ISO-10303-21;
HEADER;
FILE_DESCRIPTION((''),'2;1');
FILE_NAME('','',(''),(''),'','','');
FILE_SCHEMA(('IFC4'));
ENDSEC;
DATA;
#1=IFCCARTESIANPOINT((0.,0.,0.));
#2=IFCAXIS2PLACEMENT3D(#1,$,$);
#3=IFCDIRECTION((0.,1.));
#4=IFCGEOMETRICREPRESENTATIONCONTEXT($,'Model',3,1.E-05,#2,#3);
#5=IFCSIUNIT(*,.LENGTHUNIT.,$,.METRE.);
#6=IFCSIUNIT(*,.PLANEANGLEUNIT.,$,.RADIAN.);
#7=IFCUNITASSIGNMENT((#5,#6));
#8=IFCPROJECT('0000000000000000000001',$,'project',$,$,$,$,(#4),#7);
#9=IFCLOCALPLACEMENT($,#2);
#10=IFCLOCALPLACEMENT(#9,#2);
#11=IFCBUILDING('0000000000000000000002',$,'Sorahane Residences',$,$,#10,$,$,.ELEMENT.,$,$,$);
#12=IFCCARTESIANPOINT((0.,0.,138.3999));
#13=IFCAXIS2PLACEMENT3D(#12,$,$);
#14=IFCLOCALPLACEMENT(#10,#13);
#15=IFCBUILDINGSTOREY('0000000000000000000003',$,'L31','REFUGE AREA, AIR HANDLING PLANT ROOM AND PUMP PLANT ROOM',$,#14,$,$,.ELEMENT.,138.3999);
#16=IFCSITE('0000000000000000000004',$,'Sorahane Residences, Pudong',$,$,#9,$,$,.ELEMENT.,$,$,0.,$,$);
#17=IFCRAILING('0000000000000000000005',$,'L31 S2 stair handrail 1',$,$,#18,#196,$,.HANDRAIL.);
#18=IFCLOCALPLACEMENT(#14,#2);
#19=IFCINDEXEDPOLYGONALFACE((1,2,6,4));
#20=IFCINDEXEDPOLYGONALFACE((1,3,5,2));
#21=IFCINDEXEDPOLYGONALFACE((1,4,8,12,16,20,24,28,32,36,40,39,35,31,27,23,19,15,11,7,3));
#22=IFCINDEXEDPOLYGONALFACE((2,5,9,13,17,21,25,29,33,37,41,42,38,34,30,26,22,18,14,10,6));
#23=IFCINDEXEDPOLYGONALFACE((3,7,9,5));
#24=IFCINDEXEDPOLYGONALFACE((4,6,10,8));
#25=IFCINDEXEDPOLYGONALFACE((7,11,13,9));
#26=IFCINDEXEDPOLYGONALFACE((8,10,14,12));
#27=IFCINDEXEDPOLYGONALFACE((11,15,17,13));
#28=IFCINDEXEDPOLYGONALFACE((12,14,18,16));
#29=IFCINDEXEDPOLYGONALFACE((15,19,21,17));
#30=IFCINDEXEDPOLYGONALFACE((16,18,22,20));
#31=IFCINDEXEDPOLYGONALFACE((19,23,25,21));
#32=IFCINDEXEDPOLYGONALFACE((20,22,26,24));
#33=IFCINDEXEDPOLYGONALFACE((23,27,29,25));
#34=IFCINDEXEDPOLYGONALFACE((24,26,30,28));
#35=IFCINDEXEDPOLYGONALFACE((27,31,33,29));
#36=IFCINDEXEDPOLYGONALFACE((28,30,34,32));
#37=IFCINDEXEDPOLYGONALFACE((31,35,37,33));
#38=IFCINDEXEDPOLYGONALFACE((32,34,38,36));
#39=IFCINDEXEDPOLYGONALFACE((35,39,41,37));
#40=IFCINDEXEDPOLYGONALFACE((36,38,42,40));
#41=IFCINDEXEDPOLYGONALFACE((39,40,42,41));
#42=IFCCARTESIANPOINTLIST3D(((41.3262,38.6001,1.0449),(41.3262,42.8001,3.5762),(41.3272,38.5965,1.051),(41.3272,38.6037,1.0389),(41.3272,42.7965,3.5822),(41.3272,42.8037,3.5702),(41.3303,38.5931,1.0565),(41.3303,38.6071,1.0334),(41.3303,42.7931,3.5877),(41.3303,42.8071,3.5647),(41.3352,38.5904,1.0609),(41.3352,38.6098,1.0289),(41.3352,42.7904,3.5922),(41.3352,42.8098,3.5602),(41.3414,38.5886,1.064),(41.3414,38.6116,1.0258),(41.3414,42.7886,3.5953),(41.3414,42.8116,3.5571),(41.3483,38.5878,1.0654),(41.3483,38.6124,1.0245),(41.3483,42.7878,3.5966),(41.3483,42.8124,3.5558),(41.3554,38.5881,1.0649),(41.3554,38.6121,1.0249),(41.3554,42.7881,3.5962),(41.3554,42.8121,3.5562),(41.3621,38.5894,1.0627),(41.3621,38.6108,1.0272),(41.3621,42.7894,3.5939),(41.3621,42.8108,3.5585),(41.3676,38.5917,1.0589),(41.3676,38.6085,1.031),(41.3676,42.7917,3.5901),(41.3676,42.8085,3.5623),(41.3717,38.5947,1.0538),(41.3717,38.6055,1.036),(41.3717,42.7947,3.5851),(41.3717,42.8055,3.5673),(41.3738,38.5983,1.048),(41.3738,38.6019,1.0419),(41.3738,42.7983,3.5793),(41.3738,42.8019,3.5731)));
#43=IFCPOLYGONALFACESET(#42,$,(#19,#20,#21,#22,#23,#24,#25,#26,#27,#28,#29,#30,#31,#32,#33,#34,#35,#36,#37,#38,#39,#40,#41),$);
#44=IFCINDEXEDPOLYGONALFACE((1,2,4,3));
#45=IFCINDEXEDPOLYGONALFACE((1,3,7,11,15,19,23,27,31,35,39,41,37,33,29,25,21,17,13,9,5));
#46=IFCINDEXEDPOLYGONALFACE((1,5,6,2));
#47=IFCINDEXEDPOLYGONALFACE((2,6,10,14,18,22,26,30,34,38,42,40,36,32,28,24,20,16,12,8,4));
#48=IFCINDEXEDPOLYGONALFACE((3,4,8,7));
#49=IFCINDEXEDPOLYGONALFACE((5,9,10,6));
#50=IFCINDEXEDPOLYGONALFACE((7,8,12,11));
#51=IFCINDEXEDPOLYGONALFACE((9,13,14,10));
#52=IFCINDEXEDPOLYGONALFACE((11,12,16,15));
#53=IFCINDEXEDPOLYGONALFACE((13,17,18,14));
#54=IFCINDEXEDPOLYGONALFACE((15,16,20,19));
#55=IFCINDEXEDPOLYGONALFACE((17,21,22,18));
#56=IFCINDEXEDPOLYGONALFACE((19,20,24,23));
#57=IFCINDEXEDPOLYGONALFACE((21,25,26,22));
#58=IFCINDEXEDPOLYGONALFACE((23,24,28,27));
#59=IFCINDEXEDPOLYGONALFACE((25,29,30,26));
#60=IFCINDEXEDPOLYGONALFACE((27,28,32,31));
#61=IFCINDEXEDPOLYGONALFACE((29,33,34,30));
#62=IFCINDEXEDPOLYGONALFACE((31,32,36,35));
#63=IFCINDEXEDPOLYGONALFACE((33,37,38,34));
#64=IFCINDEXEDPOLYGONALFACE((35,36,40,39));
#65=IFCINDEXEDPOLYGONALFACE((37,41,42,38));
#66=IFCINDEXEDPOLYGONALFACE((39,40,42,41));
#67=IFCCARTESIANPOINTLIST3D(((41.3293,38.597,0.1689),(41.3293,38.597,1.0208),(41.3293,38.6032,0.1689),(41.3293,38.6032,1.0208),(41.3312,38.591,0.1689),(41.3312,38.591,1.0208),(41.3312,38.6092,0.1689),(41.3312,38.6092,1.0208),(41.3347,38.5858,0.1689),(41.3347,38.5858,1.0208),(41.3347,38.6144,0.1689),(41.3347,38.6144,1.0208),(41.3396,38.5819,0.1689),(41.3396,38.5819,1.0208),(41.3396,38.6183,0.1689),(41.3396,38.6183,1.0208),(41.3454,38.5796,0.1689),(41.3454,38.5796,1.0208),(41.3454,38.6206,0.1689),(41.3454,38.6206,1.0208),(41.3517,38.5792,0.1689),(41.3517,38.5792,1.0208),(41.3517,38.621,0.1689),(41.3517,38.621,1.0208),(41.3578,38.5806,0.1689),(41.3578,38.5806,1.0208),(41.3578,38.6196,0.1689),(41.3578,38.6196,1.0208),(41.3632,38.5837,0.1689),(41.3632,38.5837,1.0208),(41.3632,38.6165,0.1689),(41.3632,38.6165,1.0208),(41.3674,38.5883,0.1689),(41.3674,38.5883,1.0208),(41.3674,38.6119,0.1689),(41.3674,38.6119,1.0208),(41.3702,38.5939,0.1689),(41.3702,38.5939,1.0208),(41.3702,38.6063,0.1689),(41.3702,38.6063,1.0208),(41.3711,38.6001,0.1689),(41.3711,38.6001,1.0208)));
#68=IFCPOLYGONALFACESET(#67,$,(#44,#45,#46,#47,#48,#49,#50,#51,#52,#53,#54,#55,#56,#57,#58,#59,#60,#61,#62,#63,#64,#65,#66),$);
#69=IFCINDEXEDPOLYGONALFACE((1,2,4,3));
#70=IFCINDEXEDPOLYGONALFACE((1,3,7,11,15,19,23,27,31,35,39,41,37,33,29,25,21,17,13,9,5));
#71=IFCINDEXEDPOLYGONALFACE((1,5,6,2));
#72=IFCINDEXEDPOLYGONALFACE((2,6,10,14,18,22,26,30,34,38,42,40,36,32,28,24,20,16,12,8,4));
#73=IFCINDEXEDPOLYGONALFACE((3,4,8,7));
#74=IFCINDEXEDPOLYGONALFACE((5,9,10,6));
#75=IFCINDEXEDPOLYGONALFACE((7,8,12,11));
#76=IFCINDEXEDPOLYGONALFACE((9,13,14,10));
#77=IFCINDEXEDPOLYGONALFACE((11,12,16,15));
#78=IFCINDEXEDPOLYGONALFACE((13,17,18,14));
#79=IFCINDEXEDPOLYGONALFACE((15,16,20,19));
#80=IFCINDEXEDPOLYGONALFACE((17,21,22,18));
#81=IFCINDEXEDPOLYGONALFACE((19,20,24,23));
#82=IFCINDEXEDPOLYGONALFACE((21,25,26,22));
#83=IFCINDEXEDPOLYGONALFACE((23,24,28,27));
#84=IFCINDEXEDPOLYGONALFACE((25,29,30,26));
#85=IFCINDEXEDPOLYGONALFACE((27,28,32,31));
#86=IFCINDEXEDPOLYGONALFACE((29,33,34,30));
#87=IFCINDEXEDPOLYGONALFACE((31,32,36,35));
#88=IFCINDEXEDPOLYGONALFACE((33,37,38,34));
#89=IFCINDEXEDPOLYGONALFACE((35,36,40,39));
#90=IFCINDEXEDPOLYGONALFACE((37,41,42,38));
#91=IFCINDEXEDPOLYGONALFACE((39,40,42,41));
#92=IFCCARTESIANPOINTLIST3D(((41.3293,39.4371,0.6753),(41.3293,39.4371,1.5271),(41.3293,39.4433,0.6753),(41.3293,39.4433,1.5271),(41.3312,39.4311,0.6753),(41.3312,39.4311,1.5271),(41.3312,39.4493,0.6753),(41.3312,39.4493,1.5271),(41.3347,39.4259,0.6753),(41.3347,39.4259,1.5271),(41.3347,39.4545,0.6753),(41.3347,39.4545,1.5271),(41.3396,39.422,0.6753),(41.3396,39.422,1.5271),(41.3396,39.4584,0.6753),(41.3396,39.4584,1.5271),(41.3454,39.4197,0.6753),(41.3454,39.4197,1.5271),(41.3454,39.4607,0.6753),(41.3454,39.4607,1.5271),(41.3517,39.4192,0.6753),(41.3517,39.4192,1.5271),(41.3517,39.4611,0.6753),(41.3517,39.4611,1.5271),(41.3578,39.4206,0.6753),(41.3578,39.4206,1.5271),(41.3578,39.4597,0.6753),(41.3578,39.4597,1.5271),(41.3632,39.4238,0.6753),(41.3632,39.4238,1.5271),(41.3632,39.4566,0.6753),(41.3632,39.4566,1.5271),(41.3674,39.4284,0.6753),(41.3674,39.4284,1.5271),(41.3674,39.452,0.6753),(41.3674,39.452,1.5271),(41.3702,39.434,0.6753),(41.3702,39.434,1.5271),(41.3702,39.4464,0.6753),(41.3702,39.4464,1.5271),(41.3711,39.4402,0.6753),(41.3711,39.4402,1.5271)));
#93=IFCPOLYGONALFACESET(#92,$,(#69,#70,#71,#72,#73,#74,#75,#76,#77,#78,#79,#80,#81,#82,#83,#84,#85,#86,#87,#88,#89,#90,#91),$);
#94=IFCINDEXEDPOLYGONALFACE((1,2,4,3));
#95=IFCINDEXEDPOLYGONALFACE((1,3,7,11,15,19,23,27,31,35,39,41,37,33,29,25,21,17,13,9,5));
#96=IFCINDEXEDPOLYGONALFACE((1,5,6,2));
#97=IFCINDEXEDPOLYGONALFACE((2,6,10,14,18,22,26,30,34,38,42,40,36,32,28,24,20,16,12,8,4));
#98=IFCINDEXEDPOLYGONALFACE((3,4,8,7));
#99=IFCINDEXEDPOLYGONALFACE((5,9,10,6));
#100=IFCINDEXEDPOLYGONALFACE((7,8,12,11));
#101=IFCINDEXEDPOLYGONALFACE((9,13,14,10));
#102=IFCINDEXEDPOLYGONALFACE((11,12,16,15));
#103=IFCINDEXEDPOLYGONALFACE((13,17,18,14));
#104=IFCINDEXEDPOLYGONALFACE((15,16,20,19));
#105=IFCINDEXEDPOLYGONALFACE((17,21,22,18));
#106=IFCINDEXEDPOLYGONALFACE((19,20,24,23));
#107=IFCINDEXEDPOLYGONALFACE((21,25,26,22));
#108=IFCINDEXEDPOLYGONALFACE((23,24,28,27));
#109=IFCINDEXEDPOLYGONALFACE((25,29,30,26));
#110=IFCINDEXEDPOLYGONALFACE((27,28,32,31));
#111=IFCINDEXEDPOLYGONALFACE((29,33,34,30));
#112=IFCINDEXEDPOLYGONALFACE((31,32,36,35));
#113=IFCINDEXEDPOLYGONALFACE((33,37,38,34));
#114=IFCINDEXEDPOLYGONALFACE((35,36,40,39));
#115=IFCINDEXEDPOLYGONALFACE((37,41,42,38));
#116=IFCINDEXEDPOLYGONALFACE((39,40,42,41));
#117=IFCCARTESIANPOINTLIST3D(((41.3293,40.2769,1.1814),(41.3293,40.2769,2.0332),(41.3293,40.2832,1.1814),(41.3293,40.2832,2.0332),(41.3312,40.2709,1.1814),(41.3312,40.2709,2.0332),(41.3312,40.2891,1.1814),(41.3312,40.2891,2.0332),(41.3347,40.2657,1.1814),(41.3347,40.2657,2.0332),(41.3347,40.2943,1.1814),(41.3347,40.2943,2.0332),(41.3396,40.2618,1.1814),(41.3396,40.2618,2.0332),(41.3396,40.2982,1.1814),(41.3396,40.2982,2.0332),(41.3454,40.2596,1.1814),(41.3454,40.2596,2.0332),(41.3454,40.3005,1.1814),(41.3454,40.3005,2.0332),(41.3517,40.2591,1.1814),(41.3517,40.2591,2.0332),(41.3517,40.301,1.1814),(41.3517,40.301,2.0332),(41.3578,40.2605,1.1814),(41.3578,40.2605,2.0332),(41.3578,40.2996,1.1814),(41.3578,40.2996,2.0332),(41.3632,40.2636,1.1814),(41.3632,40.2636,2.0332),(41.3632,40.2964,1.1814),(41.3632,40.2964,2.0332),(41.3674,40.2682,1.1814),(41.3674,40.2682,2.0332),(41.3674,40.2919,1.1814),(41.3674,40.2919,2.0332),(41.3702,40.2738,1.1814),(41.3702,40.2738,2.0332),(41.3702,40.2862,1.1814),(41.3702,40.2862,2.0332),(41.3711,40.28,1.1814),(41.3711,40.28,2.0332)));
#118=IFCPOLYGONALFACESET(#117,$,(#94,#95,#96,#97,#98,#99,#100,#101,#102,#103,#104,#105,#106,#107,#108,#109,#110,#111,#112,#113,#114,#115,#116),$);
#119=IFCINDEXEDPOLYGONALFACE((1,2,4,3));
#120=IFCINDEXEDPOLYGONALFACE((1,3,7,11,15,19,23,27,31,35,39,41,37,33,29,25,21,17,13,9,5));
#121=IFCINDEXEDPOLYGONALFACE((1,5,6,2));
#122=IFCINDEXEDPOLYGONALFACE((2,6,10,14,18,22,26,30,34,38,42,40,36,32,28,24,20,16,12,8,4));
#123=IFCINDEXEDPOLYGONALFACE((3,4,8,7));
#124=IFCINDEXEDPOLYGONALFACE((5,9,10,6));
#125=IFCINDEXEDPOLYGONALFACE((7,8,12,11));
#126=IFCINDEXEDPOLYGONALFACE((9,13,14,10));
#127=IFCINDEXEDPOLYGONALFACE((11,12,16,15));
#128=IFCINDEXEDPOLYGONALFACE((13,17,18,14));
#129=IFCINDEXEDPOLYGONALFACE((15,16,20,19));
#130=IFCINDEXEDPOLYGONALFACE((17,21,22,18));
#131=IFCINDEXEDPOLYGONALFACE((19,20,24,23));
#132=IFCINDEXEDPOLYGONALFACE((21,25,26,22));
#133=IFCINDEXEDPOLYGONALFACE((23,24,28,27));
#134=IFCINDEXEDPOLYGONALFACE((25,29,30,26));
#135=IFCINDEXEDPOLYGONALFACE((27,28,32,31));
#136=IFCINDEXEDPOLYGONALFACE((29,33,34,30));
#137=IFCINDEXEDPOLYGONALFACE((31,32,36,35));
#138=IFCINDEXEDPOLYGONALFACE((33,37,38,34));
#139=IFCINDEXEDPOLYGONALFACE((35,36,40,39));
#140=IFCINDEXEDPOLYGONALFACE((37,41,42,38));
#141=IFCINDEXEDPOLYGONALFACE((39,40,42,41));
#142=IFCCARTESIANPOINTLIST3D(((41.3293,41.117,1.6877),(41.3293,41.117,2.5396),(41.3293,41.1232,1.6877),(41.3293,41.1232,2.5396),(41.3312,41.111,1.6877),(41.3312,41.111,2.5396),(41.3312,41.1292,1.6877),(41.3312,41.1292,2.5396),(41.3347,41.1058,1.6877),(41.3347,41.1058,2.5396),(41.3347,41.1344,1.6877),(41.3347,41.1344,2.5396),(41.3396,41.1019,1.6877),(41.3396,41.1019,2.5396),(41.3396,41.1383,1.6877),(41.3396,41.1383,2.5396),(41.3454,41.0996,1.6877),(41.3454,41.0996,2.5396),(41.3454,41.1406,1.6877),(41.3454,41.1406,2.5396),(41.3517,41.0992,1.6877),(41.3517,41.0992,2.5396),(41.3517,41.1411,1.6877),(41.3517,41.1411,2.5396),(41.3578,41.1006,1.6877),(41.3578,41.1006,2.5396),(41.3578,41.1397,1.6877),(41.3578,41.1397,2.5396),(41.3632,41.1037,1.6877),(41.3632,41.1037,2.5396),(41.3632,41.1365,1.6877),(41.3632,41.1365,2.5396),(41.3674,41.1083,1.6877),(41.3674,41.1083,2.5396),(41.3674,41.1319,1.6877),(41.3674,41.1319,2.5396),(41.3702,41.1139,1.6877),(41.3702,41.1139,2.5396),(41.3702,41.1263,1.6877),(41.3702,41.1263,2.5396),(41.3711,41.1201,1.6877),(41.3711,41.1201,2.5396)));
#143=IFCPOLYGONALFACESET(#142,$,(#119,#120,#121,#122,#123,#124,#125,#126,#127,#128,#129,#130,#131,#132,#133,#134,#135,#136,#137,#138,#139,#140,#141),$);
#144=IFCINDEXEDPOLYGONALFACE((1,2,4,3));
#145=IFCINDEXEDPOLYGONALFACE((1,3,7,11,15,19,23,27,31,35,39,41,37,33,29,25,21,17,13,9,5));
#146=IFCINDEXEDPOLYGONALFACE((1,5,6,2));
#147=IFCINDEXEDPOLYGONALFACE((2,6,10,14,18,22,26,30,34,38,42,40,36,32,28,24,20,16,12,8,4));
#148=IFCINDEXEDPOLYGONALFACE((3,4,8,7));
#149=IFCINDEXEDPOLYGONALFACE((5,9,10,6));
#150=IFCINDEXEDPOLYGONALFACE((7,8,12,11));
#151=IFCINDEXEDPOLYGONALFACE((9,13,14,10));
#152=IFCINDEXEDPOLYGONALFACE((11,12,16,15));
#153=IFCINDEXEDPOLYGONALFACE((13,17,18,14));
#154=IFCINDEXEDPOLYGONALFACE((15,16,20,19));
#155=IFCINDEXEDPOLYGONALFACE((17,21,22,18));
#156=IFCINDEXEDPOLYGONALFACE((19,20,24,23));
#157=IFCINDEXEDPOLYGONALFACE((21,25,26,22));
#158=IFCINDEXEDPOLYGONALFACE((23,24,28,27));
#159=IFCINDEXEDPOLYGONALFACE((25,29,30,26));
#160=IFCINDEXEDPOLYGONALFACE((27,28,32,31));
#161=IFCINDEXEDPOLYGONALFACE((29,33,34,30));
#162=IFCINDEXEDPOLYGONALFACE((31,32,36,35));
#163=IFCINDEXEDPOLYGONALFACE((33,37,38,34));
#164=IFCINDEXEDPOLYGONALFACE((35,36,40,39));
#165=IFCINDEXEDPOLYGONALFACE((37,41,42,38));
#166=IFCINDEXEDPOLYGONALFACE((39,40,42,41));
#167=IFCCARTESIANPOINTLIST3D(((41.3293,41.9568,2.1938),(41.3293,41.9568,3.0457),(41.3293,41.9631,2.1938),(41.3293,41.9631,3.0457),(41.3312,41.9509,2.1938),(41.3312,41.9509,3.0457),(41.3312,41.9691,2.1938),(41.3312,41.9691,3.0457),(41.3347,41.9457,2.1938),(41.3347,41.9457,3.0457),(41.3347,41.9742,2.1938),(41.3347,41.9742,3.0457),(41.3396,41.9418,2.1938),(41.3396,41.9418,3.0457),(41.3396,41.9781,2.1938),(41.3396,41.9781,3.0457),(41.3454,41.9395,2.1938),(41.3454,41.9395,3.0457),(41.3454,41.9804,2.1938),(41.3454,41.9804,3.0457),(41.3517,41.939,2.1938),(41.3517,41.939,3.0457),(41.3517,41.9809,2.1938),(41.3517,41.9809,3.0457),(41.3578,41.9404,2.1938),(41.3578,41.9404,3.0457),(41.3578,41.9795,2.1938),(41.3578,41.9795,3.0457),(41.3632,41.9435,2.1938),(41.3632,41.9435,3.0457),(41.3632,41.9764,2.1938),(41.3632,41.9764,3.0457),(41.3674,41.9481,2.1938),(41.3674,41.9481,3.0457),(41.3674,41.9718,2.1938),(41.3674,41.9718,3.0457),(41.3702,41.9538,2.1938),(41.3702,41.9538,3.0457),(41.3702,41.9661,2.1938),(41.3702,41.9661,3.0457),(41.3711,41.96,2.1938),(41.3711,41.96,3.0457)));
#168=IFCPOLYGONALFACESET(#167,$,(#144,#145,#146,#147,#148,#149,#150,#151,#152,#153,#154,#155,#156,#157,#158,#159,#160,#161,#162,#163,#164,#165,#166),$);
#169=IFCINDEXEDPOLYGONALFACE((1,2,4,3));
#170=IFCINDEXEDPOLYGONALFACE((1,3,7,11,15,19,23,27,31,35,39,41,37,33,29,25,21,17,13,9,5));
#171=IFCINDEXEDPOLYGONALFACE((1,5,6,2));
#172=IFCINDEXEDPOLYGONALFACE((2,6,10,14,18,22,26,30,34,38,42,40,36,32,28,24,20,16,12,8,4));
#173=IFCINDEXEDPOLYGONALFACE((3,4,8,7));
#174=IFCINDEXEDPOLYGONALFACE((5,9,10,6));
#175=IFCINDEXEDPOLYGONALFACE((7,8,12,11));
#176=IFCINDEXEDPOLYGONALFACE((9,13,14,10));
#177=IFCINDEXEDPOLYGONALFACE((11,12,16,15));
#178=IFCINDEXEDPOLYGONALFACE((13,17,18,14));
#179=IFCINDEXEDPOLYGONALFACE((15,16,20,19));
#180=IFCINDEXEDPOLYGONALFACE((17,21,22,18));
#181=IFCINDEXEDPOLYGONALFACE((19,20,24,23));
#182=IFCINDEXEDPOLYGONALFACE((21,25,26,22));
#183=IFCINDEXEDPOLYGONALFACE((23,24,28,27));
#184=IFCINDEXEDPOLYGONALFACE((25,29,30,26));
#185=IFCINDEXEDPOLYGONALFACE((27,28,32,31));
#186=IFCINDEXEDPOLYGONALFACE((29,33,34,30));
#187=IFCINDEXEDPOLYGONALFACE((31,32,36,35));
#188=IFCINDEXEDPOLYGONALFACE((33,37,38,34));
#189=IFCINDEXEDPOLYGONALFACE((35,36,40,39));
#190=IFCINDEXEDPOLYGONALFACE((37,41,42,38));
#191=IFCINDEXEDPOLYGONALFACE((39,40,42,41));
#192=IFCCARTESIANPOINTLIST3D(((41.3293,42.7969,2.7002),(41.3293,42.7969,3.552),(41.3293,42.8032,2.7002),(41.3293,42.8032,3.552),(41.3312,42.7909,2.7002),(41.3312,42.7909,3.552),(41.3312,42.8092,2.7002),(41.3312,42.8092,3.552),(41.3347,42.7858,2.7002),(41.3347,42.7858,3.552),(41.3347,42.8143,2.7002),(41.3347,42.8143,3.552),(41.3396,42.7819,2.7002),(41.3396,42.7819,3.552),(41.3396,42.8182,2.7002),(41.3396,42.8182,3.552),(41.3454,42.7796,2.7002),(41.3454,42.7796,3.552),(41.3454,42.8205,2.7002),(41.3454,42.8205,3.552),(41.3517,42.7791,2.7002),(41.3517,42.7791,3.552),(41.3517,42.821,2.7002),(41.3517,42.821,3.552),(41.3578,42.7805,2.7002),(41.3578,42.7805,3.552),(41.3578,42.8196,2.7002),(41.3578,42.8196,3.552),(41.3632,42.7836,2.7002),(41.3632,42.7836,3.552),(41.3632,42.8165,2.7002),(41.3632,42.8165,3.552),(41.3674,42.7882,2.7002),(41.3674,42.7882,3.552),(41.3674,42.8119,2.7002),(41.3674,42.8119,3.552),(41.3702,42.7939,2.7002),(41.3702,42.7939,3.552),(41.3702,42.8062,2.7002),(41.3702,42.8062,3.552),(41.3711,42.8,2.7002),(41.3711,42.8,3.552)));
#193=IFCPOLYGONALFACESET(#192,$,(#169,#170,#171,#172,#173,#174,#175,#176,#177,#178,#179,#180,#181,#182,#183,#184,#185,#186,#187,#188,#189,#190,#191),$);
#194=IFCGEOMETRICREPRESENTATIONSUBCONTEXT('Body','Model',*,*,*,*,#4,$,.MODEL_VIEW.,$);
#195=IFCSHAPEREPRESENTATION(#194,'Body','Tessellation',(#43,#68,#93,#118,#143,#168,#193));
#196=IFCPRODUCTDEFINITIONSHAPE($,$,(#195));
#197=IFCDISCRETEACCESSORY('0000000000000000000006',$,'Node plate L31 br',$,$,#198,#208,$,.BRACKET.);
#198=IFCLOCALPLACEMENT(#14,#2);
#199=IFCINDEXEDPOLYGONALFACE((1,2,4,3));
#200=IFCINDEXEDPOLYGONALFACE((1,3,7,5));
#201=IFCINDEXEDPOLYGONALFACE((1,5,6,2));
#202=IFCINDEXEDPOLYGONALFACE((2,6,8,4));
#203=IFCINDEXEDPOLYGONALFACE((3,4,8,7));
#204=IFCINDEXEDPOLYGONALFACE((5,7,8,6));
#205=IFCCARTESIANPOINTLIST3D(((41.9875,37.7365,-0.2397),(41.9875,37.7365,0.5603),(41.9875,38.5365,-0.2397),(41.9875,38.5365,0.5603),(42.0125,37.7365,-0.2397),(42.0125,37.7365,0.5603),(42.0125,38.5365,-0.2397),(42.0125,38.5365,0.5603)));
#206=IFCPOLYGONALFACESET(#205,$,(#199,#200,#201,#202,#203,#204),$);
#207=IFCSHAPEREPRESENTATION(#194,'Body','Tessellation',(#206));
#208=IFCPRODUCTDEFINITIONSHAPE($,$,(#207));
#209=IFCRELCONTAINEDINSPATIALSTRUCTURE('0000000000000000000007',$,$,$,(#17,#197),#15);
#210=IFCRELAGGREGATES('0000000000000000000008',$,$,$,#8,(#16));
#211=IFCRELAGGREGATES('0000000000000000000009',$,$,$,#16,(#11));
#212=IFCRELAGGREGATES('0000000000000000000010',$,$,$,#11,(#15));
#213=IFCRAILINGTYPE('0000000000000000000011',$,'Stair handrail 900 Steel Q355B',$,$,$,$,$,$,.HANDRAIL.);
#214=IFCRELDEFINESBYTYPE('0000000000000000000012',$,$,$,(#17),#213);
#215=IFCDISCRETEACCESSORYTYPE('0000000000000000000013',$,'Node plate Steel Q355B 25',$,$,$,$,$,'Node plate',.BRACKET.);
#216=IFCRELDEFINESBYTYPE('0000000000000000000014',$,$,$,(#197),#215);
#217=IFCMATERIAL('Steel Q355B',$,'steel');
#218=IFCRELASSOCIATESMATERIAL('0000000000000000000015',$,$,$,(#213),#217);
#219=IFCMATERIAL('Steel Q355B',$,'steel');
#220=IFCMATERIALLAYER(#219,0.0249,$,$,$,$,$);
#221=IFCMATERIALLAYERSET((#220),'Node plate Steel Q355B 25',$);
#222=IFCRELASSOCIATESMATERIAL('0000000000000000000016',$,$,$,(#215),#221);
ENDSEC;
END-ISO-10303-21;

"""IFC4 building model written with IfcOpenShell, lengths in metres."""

from ifc_helpers import new_model, si_unit, direction, frame, origin, origin_2d, place, context, subcontext, project, spatial, rectangle, circle, extrude, material, layer, layer_set, type_object, element, save


model = new_model("IFC4")

# Units and contexts
model_context = context("Model", 3, precision=1e-05, world=origin(), true_north=direction((0.0, 1.0)))
body_context = subcontext(model_context, "Body", "Model", "MODEL_VIEW")
ifc_project = project(units=[si_unit("LENGTHUNIT", "METRE"), si_unit("PLANEANGLEUNIT", "RADIAN")], contexts=[model_context])

# Site, building, storey
site_placement = place(None, origin())
site = spatial("IfcSite", under=ifc_project, at=site_placement, Name="Sorahane Residences, Pudong", CompositionType="ELEMENT", RefElevation=0.0)
building_placement = place(site_placement, origin())
building = spatial("IfcBuilding", under=site, at=building_placement, Name="Sorahane Residences", CompositionType="ELEMENT")
storey_placement = place(building_placement, frame((0.0, 0.0, 138.3999)))
storey = spatial("IfcBuildingStorey", under=building, at=storey_placement, Name="L31", Description="REFUGE AREA, AIR HANDLING PLANT ROOM AND PUMP PLANT ROOM", CompositionType="ELEMENT", Elevation=138.3999)

# Railing
ifc_material_1 = material(Name="Steel Q355B", Category="steel")
railing_type_1 = type_object("IfcRailingType", Name="Stair handrail 900 Steel Q355B", PredefinedType="HANDRAIL", material=ifc_material_1)
railing_1_placement = place(storey_placement, frame((41.3501, 38.6001, 0.1689)))
element("IfcRailing", 1, at=railing_1_placement, inside=storey, type_object=railing_type_1, Name="L31 S2 stair handrail 1", PredefinedType="HANDRAIL", context=body_context, shape_type="SweptSolid", body=[
    extrude(circle(Radius=0.0239, at=origin_2d()), frame((0.0, 0.0, 0.876), z_axis=(0.0, 0.856476, 0.516186), x_axis=(-1.0, 0.0, 0.0)), (0.0, 0.0, 1.0), 4.9038),
    extrude(circle(Radius=0.021, at=origin_2d()), origin(), (0.0, 0.0, 1.0), 0.8518),
    extrude(circle(Radius=0.021, at=origin_2d()), frame((0.0, 0.8401, 0.5063)), (0.0, 0.0, 1.0), 0.8518),
    extrude(circle(Radius=0.021, at=origin_2d()), frame((0.0, 1.6799, 1.0125)), (0.0, 0.0, 1.0), 0.8518),
    extrude(circle(Radius=0.021, at=origin_2d()), frame((0.0, 2.52, 1.5188)), (0.0, 0.0, 1.0), 0.8518),
    extrude(circle(Radius=0.021, at=origin_2d()), frame((0.0, 3.3599, 2.0249)), (0.0, 0.0, 1.0), 0.8518),
    extrude(circle(Radius=0.021, at=origin_2d()), frame((0.0, 4.2, 2.5312)), (0.0, 0.0, 1.0), 0.8518),
])

# Discrete accessory
ifc_material_2 = material(Name="Steel Q355B", Category="steel")
ifc_layer_1 = layer(ifc_material_2, 0.0249)
ifc_layer_set_1 = layer_set([ifc_layer_1], Name="Node plate Steel Q355B 25")
discrete_accessory_type = type_object("IfcDiscreteAccessoryType", Name="Node plate Steel Q355B 25", ElementType="Node plate", PredefinedType="BRACKET", material=ifc_layer_set_1)
for number, where, z_axis, x_axis, name in (
    (2, (42.0, 38.1365, -0.2397), (0.0, 0.0, 1.0), (0.0, 1.0, 0.0), "Node plate L31 br"),
):
    element("IfcDiscreteAccessory", number, at=place(storey_placement, frame(where, z_axis=z_axis, x_axis=x_axis)), inside=storey, type_object=discrete_accessory_type, Name=name, PredefinedType="BRACKET", context=body_context, shape_type="SweptSolid", body=[
        extrude(rectangle(XDim=0.8, YDim=0.0249, at=origin_2d()), origin(), (0.0, 0.0, 1.0), 0.8),
    ])

save(model, "model.ifc")
